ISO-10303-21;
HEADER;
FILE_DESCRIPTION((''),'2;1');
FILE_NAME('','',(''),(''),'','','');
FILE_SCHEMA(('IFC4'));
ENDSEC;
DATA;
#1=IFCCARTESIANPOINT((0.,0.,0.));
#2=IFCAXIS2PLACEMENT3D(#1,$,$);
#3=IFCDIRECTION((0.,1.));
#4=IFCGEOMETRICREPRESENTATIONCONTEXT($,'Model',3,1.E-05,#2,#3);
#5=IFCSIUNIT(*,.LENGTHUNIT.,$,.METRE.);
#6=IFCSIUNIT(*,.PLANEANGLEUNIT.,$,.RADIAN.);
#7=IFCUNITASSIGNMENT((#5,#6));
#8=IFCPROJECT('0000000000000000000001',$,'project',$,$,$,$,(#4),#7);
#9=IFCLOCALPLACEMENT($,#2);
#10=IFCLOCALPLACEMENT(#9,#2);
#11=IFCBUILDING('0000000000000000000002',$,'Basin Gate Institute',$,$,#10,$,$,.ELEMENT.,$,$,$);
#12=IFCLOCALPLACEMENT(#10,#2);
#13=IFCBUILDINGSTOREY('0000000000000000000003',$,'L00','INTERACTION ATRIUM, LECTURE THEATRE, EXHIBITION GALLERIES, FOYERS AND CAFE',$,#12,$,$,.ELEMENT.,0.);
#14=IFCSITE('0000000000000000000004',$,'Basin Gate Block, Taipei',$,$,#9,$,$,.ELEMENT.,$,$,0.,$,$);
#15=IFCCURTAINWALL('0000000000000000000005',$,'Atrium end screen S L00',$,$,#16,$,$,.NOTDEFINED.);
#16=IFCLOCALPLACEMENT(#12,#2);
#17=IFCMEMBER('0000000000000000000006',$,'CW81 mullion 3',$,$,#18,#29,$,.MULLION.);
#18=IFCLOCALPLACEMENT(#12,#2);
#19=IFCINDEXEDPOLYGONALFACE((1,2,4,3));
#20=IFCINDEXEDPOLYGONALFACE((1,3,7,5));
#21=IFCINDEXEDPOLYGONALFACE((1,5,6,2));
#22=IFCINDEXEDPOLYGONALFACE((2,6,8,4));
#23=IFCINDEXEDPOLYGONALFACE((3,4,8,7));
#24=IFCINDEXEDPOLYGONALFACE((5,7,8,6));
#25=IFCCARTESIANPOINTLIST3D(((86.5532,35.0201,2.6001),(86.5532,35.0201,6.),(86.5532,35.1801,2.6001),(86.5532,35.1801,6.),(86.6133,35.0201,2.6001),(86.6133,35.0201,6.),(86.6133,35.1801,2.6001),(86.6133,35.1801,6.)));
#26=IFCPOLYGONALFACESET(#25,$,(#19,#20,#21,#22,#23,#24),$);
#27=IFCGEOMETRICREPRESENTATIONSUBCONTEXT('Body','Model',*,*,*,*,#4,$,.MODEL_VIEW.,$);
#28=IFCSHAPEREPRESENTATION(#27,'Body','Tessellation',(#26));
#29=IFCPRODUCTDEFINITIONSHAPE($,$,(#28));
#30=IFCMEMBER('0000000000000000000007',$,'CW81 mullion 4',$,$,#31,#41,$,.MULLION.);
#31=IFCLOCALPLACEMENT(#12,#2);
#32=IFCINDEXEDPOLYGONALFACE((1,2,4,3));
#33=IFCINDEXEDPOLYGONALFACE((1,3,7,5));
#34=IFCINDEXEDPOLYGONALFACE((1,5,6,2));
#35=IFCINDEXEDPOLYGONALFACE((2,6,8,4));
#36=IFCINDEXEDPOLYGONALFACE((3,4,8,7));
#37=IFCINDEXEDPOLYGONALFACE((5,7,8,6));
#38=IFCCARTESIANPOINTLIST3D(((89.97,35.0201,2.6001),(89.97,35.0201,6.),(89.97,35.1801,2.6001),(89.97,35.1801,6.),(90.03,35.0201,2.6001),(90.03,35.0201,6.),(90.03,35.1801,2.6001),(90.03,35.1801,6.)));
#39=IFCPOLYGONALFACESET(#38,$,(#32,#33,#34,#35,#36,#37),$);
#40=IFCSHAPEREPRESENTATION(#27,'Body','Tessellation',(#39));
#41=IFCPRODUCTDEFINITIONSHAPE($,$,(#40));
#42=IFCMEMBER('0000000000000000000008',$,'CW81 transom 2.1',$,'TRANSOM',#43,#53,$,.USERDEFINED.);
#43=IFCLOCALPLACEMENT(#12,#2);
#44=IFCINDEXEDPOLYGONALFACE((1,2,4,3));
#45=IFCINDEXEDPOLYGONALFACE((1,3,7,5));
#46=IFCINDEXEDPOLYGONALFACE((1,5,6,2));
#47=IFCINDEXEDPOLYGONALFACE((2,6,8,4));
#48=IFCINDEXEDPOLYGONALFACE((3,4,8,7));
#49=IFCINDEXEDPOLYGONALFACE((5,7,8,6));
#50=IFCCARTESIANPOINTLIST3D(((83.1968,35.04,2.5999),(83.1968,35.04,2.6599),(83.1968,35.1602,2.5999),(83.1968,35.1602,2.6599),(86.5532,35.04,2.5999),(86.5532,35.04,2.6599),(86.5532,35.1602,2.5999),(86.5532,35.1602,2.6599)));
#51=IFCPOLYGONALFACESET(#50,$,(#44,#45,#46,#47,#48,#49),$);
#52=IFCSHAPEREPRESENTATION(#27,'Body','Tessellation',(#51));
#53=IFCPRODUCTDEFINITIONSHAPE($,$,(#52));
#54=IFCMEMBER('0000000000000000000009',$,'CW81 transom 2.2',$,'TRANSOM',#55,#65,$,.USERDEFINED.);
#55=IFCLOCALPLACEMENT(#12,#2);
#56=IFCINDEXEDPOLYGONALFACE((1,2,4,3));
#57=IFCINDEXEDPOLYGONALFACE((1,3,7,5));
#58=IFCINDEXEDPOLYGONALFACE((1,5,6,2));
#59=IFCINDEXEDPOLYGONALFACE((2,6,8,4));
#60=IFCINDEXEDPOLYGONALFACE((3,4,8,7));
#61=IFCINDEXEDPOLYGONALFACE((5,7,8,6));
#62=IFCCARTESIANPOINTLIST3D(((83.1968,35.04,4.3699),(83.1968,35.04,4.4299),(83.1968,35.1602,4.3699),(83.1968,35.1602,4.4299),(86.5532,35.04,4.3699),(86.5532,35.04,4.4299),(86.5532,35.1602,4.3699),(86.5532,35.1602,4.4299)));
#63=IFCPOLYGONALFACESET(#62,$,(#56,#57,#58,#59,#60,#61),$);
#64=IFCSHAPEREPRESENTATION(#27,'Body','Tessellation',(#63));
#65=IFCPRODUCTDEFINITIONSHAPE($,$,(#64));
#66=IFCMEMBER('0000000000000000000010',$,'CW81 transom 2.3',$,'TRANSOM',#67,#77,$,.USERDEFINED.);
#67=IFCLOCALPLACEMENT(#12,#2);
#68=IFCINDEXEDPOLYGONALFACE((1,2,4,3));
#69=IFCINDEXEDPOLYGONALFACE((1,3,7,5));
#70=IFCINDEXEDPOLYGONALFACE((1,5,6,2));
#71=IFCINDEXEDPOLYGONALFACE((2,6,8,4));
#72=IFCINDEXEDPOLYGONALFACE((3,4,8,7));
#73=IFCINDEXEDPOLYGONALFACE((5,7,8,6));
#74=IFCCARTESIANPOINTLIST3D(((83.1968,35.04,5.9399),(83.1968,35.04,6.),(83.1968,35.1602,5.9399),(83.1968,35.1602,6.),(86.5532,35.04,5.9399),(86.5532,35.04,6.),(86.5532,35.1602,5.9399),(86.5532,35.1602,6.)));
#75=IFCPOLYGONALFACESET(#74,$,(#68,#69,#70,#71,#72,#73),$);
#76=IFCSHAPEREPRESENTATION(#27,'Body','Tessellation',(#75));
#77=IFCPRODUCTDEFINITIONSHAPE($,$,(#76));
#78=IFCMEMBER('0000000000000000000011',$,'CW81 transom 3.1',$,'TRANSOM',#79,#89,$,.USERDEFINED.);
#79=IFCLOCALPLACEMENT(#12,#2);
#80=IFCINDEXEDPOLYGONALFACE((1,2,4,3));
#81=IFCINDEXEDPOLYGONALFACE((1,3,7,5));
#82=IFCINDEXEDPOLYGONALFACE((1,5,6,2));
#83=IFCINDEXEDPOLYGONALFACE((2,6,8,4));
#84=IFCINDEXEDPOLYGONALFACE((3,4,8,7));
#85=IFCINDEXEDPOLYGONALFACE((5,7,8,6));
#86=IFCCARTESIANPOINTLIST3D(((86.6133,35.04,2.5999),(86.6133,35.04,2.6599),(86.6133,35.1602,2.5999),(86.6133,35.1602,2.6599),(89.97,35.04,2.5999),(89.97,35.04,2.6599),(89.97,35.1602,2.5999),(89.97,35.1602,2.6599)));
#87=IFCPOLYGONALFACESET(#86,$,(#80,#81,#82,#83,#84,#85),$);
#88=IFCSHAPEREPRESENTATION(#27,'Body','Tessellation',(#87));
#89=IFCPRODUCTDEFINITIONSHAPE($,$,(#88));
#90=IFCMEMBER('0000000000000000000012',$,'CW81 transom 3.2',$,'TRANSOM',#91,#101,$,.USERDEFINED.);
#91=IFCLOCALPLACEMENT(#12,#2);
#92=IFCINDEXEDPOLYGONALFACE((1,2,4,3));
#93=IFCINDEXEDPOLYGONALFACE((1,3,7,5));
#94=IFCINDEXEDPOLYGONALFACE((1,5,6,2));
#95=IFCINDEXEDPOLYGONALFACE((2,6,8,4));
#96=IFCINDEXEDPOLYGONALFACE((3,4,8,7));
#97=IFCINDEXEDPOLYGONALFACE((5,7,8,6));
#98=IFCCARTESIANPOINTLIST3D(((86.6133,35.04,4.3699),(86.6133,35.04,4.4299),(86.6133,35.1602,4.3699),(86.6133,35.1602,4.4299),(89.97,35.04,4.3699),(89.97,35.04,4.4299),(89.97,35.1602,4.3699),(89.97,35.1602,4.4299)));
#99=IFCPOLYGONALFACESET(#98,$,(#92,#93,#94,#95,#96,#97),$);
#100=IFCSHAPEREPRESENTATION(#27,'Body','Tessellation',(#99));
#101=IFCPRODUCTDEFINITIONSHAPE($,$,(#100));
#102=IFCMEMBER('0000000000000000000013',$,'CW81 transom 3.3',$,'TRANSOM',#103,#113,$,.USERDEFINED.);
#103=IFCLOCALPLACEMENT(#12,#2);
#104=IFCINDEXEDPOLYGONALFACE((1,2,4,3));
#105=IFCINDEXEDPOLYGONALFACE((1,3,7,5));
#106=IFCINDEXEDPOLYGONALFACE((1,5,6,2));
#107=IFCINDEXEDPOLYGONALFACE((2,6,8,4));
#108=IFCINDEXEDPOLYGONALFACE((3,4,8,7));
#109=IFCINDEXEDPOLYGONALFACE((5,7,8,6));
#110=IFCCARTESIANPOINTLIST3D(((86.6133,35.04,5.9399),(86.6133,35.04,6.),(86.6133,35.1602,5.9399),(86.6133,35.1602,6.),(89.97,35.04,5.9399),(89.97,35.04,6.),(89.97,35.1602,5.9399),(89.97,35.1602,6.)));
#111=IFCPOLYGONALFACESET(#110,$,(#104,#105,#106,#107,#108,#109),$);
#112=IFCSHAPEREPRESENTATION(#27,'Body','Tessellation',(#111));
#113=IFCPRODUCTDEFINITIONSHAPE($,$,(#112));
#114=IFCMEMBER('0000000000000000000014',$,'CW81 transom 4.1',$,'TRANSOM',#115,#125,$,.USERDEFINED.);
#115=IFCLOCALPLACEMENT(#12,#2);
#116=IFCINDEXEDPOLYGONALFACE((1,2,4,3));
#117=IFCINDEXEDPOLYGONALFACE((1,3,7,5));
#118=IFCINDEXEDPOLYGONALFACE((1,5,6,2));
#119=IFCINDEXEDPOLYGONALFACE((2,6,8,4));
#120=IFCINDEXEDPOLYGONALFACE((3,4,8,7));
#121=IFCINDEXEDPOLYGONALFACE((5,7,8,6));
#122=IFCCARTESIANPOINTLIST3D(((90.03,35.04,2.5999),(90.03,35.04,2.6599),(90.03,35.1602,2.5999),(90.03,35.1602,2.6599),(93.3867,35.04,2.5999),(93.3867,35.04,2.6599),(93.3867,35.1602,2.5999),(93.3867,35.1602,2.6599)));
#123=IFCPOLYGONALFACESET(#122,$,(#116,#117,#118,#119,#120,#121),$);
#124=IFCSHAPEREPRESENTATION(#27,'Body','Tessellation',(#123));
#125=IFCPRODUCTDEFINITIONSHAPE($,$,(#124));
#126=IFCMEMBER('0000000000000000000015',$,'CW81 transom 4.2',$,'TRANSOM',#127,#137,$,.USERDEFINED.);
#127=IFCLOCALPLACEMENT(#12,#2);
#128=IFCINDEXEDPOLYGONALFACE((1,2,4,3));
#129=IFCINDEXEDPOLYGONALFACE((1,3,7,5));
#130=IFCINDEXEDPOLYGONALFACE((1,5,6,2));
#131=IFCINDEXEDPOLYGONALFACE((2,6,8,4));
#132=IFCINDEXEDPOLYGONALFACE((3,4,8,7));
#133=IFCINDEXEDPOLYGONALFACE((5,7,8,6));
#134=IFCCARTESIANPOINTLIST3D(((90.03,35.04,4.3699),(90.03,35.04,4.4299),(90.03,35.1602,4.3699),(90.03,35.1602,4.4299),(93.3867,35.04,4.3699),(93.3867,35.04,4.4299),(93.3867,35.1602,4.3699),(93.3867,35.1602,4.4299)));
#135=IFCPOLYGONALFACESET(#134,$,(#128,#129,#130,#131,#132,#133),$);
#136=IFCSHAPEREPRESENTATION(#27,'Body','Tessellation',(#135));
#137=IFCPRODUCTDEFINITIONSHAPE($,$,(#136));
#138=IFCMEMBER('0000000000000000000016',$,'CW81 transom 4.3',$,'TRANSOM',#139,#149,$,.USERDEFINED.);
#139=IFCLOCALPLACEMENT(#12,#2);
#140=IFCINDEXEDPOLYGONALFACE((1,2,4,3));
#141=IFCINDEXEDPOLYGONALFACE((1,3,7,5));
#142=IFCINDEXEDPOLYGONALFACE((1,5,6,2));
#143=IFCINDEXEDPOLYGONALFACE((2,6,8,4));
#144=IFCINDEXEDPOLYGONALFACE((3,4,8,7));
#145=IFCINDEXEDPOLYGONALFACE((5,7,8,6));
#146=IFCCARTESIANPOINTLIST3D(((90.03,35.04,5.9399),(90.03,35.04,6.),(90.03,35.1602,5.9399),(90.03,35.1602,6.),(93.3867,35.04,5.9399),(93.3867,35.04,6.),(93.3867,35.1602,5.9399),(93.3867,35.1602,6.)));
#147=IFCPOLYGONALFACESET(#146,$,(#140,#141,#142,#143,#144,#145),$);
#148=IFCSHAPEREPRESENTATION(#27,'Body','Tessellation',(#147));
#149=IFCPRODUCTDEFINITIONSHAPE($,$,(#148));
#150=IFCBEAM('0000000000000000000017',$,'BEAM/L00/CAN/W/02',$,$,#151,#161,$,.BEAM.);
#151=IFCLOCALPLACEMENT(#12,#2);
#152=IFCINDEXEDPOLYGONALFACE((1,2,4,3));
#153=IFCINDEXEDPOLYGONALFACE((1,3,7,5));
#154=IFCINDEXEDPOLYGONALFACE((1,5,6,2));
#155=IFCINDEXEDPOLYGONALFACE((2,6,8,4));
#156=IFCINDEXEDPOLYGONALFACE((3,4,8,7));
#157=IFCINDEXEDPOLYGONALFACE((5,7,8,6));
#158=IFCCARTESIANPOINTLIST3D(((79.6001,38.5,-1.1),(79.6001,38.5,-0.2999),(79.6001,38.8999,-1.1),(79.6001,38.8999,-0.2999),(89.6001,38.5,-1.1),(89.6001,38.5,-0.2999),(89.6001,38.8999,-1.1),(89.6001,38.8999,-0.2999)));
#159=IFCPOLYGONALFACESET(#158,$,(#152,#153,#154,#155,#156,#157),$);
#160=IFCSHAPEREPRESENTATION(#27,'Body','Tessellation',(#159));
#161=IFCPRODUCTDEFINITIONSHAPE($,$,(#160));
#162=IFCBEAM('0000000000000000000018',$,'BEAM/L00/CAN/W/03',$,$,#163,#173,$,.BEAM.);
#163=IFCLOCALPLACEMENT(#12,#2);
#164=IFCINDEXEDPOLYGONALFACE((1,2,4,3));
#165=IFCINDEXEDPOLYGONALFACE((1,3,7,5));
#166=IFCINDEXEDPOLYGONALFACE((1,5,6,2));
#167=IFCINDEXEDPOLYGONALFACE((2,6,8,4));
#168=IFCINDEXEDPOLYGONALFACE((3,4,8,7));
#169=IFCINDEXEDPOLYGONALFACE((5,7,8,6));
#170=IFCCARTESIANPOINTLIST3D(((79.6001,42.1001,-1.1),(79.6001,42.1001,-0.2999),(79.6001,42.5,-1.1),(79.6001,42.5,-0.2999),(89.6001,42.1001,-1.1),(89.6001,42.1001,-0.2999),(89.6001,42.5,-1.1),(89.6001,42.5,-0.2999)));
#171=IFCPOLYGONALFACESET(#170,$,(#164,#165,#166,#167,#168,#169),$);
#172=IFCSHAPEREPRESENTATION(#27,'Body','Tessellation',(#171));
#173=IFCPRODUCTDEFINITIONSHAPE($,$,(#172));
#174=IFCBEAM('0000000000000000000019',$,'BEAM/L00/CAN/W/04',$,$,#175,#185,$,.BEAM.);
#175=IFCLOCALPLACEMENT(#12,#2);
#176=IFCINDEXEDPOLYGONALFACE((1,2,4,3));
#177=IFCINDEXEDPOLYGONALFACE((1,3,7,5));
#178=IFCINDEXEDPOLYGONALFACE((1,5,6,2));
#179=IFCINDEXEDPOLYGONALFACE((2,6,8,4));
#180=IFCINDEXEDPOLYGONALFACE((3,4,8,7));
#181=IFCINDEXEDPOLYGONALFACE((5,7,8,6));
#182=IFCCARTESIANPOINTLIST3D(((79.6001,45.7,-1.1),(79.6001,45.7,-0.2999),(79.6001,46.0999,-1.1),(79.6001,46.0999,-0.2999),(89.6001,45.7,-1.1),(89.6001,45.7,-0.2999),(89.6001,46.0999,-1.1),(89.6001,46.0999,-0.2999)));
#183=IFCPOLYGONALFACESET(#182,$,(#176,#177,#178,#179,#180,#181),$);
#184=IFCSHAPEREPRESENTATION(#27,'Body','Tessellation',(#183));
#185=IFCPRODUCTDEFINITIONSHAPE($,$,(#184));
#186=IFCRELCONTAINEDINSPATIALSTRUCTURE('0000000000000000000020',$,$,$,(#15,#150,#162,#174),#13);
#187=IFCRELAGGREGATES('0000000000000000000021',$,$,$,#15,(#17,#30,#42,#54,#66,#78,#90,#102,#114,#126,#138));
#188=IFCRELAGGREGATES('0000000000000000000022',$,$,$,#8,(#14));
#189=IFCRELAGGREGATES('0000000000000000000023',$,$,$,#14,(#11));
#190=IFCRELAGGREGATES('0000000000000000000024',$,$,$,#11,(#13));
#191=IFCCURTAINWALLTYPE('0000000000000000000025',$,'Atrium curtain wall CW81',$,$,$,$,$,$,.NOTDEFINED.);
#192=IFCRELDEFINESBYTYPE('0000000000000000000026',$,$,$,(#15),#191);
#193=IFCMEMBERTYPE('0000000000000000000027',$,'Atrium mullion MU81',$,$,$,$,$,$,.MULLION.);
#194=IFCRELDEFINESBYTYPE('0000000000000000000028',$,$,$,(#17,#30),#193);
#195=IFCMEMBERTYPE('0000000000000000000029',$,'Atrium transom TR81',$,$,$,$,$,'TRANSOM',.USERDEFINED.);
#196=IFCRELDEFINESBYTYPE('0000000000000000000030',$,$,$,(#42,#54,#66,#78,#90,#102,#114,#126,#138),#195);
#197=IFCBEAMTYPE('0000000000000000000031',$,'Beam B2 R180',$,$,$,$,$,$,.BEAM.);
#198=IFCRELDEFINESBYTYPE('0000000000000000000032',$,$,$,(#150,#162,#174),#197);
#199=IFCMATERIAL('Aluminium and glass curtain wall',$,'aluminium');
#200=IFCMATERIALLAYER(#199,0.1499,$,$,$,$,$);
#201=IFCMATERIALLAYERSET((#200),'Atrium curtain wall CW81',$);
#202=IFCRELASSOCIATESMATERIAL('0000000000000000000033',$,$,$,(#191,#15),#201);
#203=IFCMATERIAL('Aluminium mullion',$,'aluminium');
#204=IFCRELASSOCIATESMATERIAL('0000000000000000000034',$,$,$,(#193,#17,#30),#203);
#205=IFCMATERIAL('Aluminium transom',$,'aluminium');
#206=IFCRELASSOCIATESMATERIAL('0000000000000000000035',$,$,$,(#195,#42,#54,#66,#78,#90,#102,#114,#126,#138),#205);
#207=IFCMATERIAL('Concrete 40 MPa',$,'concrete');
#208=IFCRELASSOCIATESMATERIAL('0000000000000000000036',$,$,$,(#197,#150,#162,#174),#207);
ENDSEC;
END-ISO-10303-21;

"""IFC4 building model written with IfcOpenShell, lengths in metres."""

from ifc_helpers import new_model, si_unit, direction, frame, origin, origin_2d, place, context, subcontext, project, spatial, rectangle, extrude, material, layer, layer_set, material_profile, profile_set, type_object, element, aggregate, save


model = new_model("IFC4")

# Units and contexts
model_context = context("Model", 3, precision=1e-05, world=origin(), true_north=direction((0.0, 1.0)))
body_context = subcontext(model_context, "Body", "Model", "MODEL_VIEW")
ifc_project = project(units=[si_unit("LENGTHUNIT", "METRE"), si_unit("PLANEANGLEUNIT", "RADIAN")], contexts=[model_context])

# Site, building, storey
site_placement = place(None, origin())
site = spatial("IfcSite", under=ifc_project, at=site_placement, Name="Basin Gate Block, Taipei", CompositionType="ELEMENT", RefElevation=0.0)
building_placement = place(site_placement, origin())
building = spatial("IfcBuilding", under=site, at=building_placement, Name="Basin Gate Institute", CompositionType="ELEMENT")
storey_placement = place(building_placement, origin())
storey = spatial("IfcBuildingStorey", under=building, at=storey_placement, Name="L00", Description="INTERACTION ATRIUM, LECTURE THEATRE, EXHIBITION GALLERIES, FOYERS AND CAFE", CompositionType="ELEMENT", Elevation=0.0)

# Curtain wall, members
ifc_material_1 = material(Name="Aluminium and glass curtain wall", Category="aluminium")
ifc_layer_1 = layer(ifc_material_1, 0.1499)
ifc_layer_set_1 = layer_set([ifc_layer_1], Name="Atrium curtain wall CW81")
curtain_wall_type = type_object("IfcCurtainWallType", Name="Atrium curtain wall CW81", PredefinedType="NOTDEFINED", material=ifc_layer_set_1)
curtain_wall_placement = place(storey_placement, origin())
curtain_wall = element("IfcCurtainWall", 1, at=curtain_wall_placement, inside=storey, type_object=curtain_wall_type, material=ifc_layer_set_1, Name="Atrium end screen S L00", PredefinedType="NOTDEFINED")
ifc_material_2 = material(Name="Aluminium mullion", Category="aluminium")
ifc_material_profile_1 = material_profile(ifc_material_2, rectangle(XDim=0.1599, YDim=0.0601, at=origin_2d()), Name="Atrium mullion MU81 160 x 60")
ifc_profile_set_1 = profile_set([ifc_material_profile_1], Name="Aluminium mullion")
member_type_1 = type_object("IfcMemberType", Name="Atrium mullion MU81", PredefinedType="MULLION", material=ifc_profile_set_1)
member_1_placement = place(storey_placement, frame((86.5833, 35.1001, 2.6001), z_axis=(0.0, 0.0, 1.0), x_axis=(0.0, 1.0, 0.0)))
member_1 = element("IfcMember", 2, at=member_1_placement, type_object=member_type_1, material=ifc_profile_set_1, Name="CW81 mullion 3", PredefinedType="MULLION", context=body_context, shape_type="SweptSolid", body=[
    extrude(rectangle(XDim=0.1599, YDim=0.0601, at=origin_2d()), origin(), (0.0, 0.0, 1.0), 3.3999),
])
member_2_placement = place(storey_placement, frame((90.0, 35.1001, 2.6001), z_axis=(0.0, 0.0, 1.0), x_axis=(0.0, 1.0, 0.0)))
member_2 = element("IfcMember", 3, at=member_2_placement, type_object=member_type_1, material=ifc_profile_set_1, Name="CW81 mullion 4", PredefinedType="MULLION", context=body_context, shape_type="SweptSolid", body=[
    extrude(rectangle(XDim=0.1599, YDim=0.0601, at=origin_2d()), origin(), (0.0, 0.0, 1.0), 3.3999),
])
ifc_material_3 = material(Name="Aluminium transom", Category="aluminium")
ifc_material_profile_2 = material_profile(ifc_material_3, rectangle(XDim=0.1201, YDim=0.0601, at=origin_2d()), Name="Atrium transom TR81 120 x 60")
ifc_profile_set_2 = profile_set([ifc_material_profile_2], Name="Aluminium transom")
member_type_2 = type_object("IfcMemberType", Name="Atrium transom TR81", ElementType="TRANSOM", PredefinedType="USERDEFINED", material=ifc_profile_set_2)
member_3_placement = place(storey_placement, frame((83.1968, 35.1001, 2.6299), z_axis=(1.0, 0.0, 0.0), x_axis=(0.0, 1.0, 0.0)))
member_3 = element("IfcMember", 4, at=member_3_placement, type_object=member_type_2, material=ifc_profile_set_2, Name="CW81 transom 2.1", ObjectType="TRANSOM", PredefinedType="USERDEFINED", context=body_context, shape_type="SweptSolid", body=[
    extrude(rectangle(XDim=0.1201, YDim=0.0601, at=origin_2d()), origin(), (0.0, 0.0, 1.0), 3.3564),
])
member_4_placement = place(storey_placement, frame((83.1968, 35.1001, 4.3999), z_axis=(1.0, 0.0, 0.0), x_axis=(0.0, 1.0, 0.0)))
member_4 = element("IfcMember", 5, at=member_4_placement, type_object=member_type_2, material=ifc_profile_set_2, Name="CW81 transom 2.2", ObjectType="TRANSOM", PredefinedType="USERDEFINED", context=body_context, shape_type="SweptSolid", body=[
    extrude(rectangle(XDim=0.1201, YDim=0.0601, at=origin_2d()), origin(), (0.0, 0.0, 1.0), 3.3564),
])
member_5_placement = place(storey_placement, frame((83.1968, 35.1001, 5.97), z_axis=(1.0, 0.0, 0.0), x_axis=(0.0, 1.0, 0.0)))
member_5 = element("IfcMember", 6, at=member_5_placement, type_object=member_type_2, material=ifc_profile_set_2, Name="CW81 transom 2.3", ObjectType="TRANSOM", PredefinedType="USERDEFINED", context=body_context, shape_type="SweptSolid", body=[
    extrude(rectangle(XDim=0.1201, YDim=0.0601, at=origin_2d()), origin(), (0.0, 0.0, 1.0), 3.3564),
])
member_6_placement = place(storey_placement, frame((86.6133, 35.1001, 2.6299), z_axis=(1.0, 0.0, 0.0), x_axis=(0.0, 1.0, 0.0)))
member_6 = element("IfcMember", 7, at=member_6_placement, type_object=member_type_2, material=ifc_profile_set_2, Name="CW81 transom 3.1", ObjectType="TRANSOM", PredefinedType="USERDEFINED", context=body_context, shape_type="SweptSolid", body=[
    extrude(rectangle(XDim=0.1201, YDim=0.0601, at=origin_2d()), origin(), (0.0, 0.0, 1.0), 3.3567),
])
member_7_placement = place(storey_placement, frame((86.6133, 35.1001, 4.3999), z_axis=(1.0, 0.0, 0.0), x_axis=(0.0, 1.0, 0.0)))
member_7 = element("IfcMember", 8, at=member_7_placement, type_object=member_type_2, material=ifc_profile_set_2, Name="CW81 transom 3.2", ObjectType="TRANSOM", PredefinedType="USERDEFINED", context=body_context, shape_type="SweptSolid", body=[
    extrude(rectangle(XDim=0.1201, YDim=0.0601, at=origin_2d()), origin(), (0.0, 0.0, 1.0), 3.3567),
])
member_8_placement = place(storey_placement, frame((86.6133, 35.1001, 5.97), z_axis=(1.0, 0.0, 0.0), x_axis=(0.0, 1.0, 0.0)))
member_8 = element("IfcMember", 9, at=member_8_placement, type_object=member_type_2, material=ifc_profile_set_2, Name="CW81 transom 3.3", ObjectType="TRANSOM", PredefinedType="USERDEFINED", context=body_context, shape_type="SweptSolid", body=[
    extrude(rectangle(XDim=0.1201, YDim=0.0601, at=origin_2d()), origin(), (0.0, 0.0, 1.0), 3.3567),
])
member_9_placement = place(storey_placement, frame((90.03, 35.1001, 2.6299), z_axis=(1.0, 0.0, 0.0), x_axis=(0.0, 1.0, 0.0)))
member_9 = element("IfcMember", 10, at=member_9_placement, type_object=member_type_2, material=ifc_profile_set_2, Name="CW81 transom 4.1", ObjectType="TRANSOM", PredefinedType="USERDEFINED", context=body_context, shape_type="SweptSolid", body=[
    extrude(rectangle(XDim=0.1201, YDim=0.0601, at=origin_2d()), origin(), (0.0, 0.0, 1.0), 3.3567),
])
member_10_placement = place(storey_placement, frame((90.03, 35.1001, 4.3999), z_axis=(1.0, 0.0, 0.0), x_axis=(0.0, 1.0, 0.0)))
member_10 = element("IfcMember", 11, at=member_10_placement, type_object=member_type_2, material=ifc_profile_set_2, Name="CW81 transom 4.2", ObjectType="TRANSOM", PredefinedType="USERDEFINED", context=body_context, shape_type="SweptSolid", body=[
    extrude(rectangle(XDim=0.1201, YDim=0.0601, at=origin_2d()), origin(), (0.0, 0.0, 1.0), 3.3567),
])
member_11_placement = place(storey_placement, frame((90.03, 35.1001, 5.97), z_axis=(1.0, 0.0, 0.0), x_axis=(0.0, 1.0, 0.0)))
member_11 = element("IfcMember", 12, at=member_11_placement, type_object=member_type_2, material=ifc_profile_set_2, Name="CW81 transom 4.3", ObjectType="TRANSOM", PredefinedType="USERDEFINED", context=body_context, shape_type="SweptSolid", body=[
    extrude(rectangle(XDim=0.1201, YDim=0.0601, at=origin_2d()), origin(), (0.0, 0.0, 1.0), 3.3567),
])

# Beams
ifc_material_4 = material(Name="Concrete 40 MPa", Category="concrete")
ifc_material_profile_3 = material_profile(ifc_material_4, rectangle(XDim=0.3999, YDim=0.8, at=origin_2d()), Name="Beam B2 400 x 800")
ifc_profile_set_3 = profile_set([ifc_material_profile_3], Name="Concrete 40 MPa")
beam_type_1 = type_object("IfcBeamType", Name="Beam B2 R180", PredefinedType="BEAM", material=ifc_profile_set_3)
for number, where, z_axis, x_axis, name in (
    (13, (79.6001, 38.7, -0.7), (1.0, 0.0, 0.0), (0.0, 1.0, 0.0), "BEAM/L00/CAN/W/02"),
    (14, (79.6001, 42.3, -0.7), (1.0, 0.0, 0.0), (0.0, 1.0, 0.0), "BEAM/L00/CAN/W/03"),
    (15, (79.6001, 45.8999, -0.7), (1.0, 0.0, 0.0), (0.0, 1.0, 0.0), "BEAM/L00/CAN/W/04"),
):
    element("IfcBeam", number, at=place(storey_placement, frame(where, z_axis=z_axis, x_axis=x_axis)), inside=storey, type_object=beam_type_1, material=ifc_profile_set_3, Name=name, PredefinedType="BEAM", context=body_context, shape_type="SweptSolid", body=[
        extrude(rectangle(XDim=0.3999, YDim=0.8, at=origin_2d()), origin(), (0.0, 0.0, 1.0), 10.0),
    ])

aggregate(curtain_wall, [member_1, member_2, member_3, member_4, member_5, member_6, member_7, member_8, member_9, member_10, member_11])

save(model, "model.ifc")
